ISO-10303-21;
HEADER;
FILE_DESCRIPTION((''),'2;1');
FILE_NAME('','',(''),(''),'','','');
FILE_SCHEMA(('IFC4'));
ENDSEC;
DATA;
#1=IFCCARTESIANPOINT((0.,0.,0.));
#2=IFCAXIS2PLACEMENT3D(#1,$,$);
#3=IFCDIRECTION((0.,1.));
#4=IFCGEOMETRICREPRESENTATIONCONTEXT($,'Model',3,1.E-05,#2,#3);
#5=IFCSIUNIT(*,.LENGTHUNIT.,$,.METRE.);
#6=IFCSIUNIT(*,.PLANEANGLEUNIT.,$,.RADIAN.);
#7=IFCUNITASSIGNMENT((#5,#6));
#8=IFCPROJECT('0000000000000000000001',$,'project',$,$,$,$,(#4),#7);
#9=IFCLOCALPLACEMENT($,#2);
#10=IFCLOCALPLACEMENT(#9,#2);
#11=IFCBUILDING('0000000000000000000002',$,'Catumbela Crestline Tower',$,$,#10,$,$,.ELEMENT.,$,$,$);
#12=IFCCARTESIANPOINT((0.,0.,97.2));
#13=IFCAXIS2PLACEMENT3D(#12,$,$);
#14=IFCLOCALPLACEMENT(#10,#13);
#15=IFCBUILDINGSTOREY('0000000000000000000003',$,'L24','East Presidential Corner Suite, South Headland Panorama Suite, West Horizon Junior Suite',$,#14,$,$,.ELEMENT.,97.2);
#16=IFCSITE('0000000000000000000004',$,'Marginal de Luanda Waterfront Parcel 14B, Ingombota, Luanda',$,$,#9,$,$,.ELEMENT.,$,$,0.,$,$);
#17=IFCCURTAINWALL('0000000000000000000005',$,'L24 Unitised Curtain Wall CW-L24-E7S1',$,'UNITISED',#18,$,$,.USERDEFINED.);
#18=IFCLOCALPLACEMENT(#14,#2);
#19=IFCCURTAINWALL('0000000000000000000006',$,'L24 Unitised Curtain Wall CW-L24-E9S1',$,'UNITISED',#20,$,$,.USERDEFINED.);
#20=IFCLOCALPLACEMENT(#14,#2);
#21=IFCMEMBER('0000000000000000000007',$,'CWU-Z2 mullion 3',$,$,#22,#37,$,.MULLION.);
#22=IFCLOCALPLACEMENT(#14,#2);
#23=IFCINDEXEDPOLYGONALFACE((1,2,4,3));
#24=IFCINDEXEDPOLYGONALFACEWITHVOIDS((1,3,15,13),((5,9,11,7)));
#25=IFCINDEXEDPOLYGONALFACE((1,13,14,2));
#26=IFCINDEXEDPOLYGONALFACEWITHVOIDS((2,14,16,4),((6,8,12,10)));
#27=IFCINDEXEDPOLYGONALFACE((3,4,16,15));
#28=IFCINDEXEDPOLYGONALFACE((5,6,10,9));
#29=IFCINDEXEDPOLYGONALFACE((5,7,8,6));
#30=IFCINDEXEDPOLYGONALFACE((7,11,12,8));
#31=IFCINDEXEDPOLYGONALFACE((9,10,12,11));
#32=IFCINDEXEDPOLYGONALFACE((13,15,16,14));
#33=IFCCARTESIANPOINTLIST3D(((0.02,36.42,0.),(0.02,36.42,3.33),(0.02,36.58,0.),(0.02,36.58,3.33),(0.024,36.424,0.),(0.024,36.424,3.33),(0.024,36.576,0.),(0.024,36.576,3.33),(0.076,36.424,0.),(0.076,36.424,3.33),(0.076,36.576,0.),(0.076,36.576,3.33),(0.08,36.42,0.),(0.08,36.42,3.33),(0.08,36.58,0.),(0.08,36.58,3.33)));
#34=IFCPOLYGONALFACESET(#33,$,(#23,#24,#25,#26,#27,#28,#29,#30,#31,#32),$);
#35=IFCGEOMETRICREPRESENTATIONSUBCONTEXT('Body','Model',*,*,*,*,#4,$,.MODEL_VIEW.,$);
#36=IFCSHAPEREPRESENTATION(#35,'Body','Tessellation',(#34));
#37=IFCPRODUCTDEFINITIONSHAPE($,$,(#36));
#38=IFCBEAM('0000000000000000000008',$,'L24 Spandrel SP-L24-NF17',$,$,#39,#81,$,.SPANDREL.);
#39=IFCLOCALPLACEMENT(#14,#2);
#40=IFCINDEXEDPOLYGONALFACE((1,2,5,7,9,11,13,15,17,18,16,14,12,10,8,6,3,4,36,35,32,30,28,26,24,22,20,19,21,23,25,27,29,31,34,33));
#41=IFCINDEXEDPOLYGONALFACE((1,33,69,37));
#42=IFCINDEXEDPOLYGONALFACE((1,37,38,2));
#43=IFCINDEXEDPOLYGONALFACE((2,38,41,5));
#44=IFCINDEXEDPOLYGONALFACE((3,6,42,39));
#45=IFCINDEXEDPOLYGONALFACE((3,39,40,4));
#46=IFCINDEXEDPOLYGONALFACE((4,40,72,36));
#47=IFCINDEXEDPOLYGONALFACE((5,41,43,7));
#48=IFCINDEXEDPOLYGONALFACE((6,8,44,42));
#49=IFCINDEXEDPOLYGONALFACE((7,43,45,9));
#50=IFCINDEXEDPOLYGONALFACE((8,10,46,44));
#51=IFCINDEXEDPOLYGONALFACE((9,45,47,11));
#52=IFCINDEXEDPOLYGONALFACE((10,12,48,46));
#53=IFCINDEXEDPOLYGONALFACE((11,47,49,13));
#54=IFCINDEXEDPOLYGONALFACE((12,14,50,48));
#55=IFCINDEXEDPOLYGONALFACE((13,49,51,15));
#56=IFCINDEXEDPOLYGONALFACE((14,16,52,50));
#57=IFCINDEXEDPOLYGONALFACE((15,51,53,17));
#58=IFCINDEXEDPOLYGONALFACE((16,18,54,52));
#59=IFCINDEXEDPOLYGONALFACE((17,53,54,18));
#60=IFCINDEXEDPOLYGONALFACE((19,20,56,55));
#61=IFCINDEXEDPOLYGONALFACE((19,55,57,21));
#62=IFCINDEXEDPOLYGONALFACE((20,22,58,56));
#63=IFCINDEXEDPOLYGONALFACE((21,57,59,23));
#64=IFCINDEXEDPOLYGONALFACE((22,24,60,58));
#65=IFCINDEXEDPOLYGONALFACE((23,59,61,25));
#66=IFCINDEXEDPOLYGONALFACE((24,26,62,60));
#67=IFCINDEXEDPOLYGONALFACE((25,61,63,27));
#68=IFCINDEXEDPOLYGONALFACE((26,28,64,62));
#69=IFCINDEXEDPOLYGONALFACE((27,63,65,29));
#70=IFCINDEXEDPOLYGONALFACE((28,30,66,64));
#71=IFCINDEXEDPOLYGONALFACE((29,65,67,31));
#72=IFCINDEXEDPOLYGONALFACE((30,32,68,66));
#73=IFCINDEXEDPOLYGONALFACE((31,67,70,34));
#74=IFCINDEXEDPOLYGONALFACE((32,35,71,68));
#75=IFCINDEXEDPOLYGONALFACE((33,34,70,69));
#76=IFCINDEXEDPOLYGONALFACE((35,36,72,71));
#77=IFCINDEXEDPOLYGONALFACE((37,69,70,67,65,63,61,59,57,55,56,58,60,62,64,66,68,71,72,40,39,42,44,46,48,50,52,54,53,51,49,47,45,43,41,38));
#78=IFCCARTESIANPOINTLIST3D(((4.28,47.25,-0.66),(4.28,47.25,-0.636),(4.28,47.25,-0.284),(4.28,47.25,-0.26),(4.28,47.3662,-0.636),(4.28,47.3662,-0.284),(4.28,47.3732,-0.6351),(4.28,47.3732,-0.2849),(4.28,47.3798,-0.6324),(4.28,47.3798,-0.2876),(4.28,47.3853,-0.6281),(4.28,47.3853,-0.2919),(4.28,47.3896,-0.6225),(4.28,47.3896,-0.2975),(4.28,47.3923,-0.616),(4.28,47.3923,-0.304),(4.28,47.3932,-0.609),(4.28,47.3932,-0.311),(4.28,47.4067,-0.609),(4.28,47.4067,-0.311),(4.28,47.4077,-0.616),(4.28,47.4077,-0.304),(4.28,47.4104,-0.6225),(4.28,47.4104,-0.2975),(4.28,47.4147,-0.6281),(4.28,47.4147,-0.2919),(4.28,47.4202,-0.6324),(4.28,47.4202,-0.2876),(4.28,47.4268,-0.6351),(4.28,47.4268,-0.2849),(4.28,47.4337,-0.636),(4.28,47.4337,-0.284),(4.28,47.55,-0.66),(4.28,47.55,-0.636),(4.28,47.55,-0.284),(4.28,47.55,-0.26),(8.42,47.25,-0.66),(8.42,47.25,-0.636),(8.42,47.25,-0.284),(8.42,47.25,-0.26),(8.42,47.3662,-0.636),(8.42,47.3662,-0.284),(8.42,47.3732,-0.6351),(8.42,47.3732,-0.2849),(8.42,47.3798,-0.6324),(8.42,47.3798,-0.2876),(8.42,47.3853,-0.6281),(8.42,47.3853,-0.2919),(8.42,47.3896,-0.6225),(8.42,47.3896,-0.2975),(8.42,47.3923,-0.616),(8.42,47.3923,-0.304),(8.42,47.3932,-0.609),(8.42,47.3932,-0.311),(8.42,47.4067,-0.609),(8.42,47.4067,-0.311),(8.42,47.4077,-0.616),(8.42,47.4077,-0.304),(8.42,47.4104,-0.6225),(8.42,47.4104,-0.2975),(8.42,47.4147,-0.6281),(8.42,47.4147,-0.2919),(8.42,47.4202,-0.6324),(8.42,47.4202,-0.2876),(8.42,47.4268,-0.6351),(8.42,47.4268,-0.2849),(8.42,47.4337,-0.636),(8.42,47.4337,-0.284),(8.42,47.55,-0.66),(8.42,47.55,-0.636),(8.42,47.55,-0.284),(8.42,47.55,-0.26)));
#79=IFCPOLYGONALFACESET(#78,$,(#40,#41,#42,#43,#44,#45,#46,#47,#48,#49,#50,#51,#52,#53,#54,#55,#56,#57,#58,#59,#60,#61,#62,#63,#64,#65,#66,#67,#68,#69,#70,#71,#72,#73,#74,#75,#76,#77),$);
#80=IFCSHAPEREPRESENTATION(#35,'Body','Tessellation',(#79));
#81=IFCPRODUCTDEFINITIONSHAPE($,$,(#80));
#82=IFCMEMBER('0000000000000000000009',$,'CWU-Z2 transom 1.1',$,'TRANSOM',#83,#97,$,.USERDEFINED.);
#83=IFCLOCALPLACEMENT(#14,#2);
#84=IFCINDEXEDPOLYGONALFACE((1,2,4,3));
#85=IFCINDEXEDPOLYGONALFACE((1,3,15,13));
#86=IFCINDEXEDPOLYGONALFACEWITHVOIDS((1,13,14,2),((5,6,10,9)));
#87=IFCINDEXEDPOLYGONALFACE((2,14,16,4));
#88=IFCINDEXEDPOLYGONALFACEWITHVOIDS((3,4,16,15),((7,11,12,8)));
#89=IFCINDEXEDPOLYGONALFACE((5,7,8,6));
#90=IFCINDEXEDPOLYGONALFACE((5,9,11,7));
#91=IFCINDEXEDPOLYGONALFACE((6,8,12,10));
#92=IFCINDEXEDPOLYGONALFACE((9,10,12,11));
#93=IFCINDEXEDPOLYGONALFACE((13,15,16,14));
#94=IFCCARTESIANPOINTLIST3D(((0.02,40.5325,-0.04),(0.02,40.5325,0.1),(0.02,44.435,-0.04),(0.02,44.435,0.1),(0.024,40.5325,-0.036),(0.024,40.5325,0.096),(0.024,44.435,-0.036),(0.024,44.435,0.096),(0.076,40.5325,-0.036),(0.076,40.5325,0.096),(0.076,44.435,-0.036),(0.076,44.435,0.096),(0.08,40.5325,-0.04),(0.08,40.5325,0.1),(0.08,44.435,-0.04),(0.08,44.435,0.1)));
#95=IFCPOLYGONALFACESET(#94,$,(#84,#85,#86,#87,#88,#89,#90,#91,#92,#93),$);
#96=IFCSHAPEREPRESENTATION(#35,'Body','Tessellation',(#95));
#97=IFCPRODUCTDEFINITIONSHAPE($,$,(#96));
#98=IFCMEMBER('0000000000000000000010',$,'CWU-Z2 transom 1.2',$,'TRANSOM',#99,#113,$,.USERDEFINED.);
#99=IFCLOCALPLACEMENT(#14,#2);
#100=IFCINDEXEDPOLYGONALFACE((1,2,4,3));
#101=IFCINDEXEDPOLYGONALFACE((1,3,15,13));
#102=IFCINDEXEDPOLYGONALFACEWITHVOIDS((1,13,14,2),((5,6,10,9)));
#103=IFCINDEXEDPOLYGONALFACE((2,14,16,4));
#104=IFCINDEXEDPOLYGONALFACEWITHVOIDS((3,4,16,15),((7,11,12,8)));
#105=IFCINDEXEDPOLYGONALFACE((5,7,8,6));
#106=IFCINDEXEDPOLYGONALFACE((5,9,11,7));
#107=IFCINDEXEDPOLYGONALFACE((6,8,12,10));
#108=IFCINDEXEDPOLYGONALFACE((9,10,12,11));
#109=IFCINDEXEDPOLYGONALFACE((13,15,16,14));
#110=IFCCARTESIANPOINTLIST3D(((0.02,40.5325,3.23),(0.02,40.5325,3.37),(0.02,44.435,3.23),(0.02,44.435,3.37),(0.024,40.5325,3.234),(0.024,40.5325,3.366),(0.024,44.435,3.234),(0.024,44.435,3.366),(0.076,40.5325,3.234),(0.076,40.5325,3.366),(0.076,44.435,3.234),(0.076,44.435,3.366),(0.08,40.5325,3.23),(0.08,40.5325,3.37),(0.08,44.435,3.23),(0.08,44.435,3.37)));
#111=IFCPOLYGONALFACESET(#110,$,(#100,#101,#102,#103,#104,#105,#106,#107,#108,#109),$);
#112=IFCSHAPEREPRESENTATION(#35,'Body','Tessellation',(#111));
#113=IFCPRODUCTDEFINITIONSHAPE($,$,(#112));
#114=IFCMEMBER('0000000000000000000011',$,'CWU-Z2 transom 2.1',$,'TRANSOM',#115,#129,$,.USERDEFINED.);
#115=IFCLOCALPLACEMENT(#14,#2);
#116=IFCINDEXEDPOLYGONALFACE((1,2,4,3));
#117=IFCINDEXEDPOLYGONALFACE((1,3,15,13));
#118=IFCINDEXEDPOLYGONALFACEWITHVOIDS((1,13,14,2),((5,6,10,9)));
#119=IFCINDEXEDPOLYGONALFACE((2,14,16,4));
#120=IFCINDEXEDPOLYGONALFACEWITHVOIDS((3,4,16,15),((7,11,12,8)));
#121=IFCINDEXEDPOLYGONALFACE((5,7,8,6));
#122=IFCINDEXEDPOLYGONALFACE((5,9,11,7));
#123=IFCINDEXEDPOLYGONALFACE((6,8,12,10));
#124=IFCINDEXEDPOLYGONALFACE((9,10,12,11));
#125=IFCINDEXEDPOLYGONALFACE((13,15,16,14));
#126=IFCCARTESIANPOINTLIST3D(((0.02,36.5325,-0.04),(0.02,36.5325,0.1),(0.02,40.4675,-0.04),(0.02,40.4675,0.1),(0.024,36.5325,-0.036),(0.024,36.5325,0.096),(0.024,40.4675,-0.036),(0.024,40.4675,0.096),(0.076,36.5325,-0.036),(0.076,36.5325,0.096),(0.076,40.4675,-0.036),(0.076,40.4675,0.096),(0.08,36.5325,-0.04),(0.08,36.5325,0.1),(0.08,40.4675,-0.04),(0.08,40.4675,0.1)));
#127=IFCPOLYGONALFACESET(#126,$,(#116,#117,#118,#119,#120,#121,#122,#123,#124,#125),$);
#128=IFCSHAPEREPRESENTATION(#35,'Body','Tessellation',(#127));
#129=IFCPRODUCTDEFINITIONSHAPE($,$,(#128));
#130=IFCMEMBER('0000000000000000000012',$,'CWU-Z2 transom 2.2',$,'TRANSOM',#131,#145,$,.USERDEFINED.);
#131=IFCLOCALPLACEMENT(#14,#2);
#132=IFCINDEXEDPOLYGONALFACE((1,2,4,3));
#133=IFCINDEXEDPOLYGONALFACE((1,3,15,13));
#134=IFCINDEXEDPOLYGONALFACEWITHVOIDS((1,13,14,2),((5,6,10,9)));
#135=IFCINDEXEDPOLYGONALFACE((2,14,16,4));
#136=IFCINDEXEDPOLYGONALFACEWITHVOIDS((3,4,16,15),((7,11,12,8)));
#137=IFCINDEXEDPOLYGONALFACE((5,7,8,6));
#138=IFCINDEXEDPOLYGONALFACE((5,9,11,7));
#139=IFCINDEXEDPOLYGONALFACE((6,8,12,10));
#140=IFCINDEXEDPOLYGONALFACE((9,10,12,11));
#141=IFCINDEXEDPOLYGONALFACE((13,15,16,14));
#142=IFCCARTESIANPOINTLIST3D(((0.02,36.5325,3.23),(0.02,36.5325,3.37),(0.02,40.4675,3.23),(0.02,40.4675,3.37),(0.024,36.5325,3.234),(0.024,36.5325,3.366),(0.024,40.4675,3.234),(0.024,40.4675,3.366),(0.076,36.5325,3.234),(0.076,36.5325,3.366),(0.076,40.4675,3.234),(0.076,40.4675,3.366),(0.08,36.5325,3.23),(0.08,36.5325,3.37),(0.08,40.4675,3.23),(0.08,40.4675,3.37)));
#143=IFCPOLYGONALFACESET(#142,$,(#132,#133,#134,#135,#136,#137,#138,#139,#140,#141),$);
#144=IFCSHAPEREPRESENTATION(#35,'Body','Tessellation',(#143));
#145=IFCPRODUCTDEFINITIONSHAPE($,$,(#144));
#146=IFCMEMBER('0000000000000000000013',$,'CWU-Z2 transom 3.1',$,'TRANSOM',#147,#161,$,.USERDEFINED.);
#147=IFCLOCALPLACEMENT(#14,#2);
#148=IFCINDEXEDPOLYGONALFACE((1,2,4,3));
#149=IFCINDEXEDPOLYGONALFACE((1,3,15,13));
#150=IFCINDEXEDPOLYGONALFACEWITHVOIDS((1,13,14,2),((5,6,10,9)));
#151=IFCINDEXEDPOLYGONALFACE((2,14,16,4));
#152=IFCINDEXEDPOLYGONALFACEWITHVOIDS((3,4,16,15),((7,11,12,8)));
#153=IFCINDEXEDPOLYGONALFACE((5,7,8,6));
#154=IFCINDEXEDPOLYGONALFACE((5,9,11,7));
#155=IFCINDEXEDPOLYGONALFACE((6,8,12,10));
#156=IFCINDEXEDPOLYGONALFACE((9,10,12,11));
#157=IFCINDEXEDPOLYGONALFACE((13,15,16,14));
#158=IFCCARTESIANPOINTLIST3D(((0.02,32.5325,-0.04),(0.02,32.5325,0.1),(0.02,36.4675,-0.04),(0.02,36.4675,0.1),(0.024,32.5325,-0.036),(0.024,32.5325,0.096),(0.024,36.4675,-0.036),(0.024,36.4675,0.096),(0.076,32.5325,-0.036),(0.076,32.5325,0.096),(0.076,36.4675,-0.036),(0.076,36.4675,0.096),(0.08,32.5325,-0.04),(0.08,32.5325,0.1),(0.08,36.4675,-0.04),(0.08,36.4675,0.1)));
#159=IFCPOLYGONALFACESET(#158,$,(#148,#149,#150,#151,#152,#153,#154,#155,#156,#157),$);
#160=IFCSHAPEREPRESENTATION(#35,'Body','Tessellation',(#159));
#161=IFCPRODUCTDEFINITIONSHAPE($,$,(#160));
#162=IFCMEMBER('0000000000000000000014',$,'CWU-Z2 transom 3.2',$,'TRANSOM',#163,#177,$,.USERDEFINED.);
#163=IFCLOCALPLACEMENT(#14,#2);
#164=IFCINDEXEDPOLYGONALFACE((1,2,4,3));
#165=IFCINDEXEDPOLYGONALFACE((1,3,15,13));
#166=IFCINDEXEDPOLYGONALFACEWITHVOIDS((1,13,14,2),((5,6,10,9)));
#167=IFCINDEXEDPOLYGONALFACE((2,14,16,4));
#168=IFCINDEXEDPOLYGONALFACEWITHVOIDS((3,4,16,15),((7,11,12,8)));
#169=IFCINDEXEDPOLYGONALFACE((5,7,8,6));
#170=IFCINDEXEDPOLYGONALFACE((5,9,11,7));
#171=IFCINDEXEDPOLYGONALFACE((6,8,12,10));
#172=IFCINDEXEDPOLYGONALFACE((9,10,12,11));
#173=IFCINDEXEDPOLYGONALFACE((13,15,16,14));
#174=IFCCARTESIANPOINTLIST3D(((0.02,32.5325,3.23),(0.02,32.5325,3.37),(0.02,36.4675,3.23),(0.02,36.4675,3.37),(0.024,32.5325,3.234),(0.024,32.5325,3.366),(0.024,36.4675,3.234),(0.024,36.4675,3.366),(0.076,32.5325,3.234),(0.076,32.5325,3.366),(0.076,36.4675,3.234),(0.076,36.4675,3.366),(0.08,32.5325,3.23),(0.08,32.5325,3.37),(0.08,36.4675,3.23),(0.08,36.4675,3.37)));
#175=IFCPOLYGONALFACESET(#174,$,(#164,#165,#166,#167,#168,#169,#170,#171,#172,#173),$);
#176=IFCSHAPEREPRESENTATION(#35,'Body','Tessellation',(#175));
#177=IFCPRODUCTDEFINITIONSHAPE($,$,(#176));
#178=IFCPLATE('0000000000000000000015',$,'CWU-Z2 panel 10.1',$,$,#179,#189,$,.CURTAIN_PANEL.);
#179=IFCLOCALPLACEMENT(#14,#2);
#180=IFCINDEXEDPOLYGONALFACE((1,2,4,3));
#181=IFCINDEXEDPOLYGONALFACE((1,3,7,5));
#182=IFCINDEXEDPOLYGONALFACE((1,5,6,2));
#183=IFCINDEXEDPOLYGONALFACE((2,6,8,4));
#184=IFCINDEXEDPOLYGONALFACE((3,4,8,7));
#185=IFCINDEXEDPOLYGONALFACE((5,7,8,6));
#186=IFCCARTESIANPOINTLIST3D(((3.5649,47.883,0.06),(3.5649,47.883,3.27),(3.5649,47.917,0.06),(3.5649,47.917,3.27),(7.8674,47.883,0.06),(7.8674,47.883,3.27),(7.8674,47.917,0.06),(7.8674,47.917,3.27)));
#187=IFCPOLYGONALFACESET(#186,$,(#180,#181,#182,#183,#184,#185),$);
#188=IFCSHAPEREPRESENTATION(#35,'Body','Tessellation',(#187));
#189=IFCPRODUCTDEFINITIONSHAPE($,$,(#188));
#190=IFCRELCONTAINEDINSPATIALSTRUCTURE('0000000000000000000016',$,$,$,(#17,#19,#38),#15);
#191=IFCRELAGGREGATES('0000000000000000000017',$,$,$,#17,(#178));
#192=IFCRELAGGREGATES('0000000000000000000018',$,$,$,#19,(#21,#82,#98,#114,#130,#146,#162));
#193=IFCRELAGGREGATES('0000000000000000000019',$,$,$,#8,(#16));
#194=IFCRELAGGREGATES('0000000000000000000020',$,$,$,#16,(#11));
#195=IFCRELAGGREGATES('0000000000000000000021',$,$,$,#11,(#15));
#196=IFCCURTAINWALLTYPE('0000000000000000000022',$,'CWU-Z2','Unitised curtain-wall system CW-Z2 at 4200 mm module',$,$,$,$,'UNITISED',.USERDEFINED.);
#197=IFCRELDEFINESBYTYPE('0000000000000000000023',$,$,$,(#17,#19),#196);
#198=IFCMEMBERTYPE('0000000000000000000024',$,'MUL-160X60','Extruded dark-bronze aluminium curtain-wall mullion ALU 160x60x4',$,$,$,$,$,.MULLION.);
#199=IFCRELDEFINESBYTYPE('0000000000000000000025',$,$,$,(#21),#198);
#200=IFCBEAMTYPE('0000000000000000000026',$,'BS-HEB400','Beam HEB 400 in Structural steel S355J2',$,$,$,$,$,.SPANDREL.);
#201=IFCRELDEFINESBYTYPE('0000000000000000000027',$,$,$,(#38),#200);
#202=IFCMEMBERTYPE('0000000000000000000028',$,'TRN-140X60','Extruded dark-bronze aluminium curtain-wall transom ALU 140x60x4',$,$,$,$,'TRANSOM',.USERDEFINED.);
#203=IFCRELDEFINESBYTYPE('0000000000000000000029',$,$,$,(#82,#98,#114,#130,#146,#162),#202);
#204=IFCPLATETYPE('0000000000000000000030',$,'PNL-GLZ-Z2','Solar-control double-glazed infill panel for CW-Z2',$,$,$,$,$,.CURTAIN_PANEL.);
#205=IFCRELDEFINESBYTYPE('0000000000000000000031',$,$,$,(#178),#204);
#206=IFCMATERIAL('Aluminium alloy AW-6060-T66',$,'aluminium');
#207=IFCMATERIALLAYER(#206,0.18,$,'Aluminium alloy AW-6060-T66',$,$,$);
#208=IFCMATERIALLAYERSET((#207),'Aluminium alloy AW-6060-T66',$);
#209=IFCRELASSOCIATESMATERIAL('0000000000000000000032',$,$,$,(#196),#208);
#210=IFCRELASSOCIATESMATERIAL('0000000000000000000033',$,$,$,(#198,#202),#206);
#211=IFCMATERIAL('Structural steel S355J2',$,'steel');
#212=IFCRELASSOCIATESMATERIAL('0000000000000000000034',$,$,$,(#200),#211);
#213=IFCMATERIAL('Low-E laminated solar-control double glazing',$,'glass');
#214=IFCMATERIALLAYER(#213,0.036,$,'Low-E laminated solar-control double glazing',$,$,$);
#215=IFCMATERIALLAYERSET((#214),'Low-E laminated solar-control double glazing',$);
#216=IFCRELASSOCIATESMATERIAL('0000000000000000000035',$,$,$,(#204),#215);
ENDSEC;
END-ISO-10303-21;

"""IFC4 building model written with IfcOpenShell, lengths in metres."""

from ifc_helpers import new_model, si_unit, direction, frame, origin, origin_2d, place, context, subcontext, project, spatial, rectangle, hollow_rectangle, i_section, extrude, material, layer, layer_set, material_profile, profile_set, type_object, element, aggregate, save


model = new_model("IFC4")

# Units and contexts
model_context = context("Model", 3, precision=1e-05, world=origin(), true_north=direction((0.0, 1.0)))
body_context = subcontext(model_context, "Body", "Model", "MODEL_VIEW")
ifc_project = project(units=[si_unit("LENGTHUNIT", "METRE"), si_unit("PLANEANGLEUNIT", "RADIAN")], contexts=[model_context])

# Site, building, storey
site_placement = place(None, origin())
site = spatial("IfcSite", under=ifc_project, at=site_placement, Name="Marginal de Luanda Waterfront Parcel 14B, Ingombota, Luanda", CompositionType="ELEMENT", RefElevation=0.0)
building_placement = place(site_placement, origin())
building = spatial("IfcBuilding", under=site, at=building_placement, Name="Catumbela Crestline Tower", CompositionType="ELEMENT")
storey_placement = place(building_placement, frame((0.0, 0.0, 97.2)))
storey = spatial("IfcBuildingStorey", under=building, at=storey_placement, Name="L24", Description="East Presidential Corner Suite, South Headland Panorama Suite, West Horizon Junior Suite", CompositionType="ELEMENT", Elevation=97.2)

# Shared definitions
ifc_material_1 = material(Name="Structural steel S355J2", Category="steel")

# Curtain wall
ifc_material_2 = material(Name="Aluminium alloy AW-6060-T66", Category="aluminium")
ifc_layer_1 = layer(ifc_material_2, 0.18, Name="Aluminium alloy AW-6060-T66")
ifc_layer_set_1 = layer_set([ifc_layer_1], Name="Aluminium alloy AW-6060-T66")
curtain_wall_type = type_object("IfcCurtainWallType", Name="CWU-Z2", Description="Unitised curtain-wall system CW-Z2 at 4200 mm module", ElementType="UNITISED", PredefinedType="USERDEFINED", material=ifc_layer_set_1)
curtain_wall_1_placement = place(storey_placement, origin())
curtain_wall_1 = element("IfcCurtainWall", 1, at=curtain_wall_1_placement, inside=storey, type_object=curtain_wall_type, Name="L24 Unitised Curtain Wall CW-L24-E7S1", ObjectType="UNITISED", PredefinedType="USERDEFINED")
ifc_material_profile_1 = material_profile(ifc_material_2, hollow_rectangle(XDim=0.06, YDim=0.16, WallThickness=0.004, at=origin_2d()), Name="ALU 160x60x4")
ifc_profile_set_1 = profile_set([ifc_material_profile_1], Name="Aluminium alloy AW-6060-T66")
member_type_1 = type_object("IfcMemberType", Name="MUL-160X60", Description="Extruded dark-bronze aluminium curtain-wall mullion ALU 160x60x4", PredefinedType="MULLION", material=ifc_profile_set_1)

# Curtain wall, member
curtain_wall_2_placement = place(storey_placement, origin())
curtain_wall_2 = element("IfcCurtainWall", 2, at=curtain_wall_2_placement, inside=storey, type_object=curtain_wall_type, Name="L24 Unitised Curtain Wall CW-L24-E9S1", ObjectType="UNITISED", PredefinedType="USERDEFINED")
member_1_placement = place(storey_placement, frame((0.05, 36.5, 0.0), z_axis=(0.0, 0.0, 1.0), x_axis=(1.0, 0.0, 0.0)))
member_1 = element("IfcMember", 3, at=member_1_placement, type_object=member_type_1, Name="CWU-Z2 mullion 3", PredefinedType="MULLION", context=body_context, shape_type="SweptSolid", body=[
    extrude(hollow_rectangle(XDim=0.06, YDim=0.16, WallThickness=0.004, at=origin_2d()), origin(), (0.0, 0.0, 1.0), 3.33),
])

# Beam
ifc_material_profile_2 = material_profile(ifc_material_1, i_section(OverallWidth=0.3, OverallDepth=0.4, WebThickness=0.0135, FlangeThickness=0.024, FilletRadius=0.027, at=origin_2d()), Name="HEB 400")
ifc_profile_set_2 = profile_set([ifc_material_profile_2], Name="Structural steel S355J2")
beam_type_1 = type_object("IfcBeamType", Name="BS-HEB400", Description="Beam HEB 400 in Structural steel S355J2", PredefinedType="SPANDREL", material=ifc_profile_set_2)
beam_1_placement = place(storey_placement, frame((4.28, 47.4, -0.46), z_axis=(1.0, 0.0, 0.0), x_axis=(0.0, 1.0, 0.0)))
element("IfcBeam", 4, at=beam_1_placement, inside=storey, type_object=beam_type_1, Name="L24 Spandrel SP-L24-NF17", PredefinedType="SPANDREL", context=body_context, shape_type="SweptSolid", body=[
    extrude(i_section(OverallWidth=0.3, OverallDepth=0.4, WebThickness=0.0135, FlangeThickness=0.024, FilletRadius=0.027, at=origin_2d()), origin(), (0.0, 0.0, 1.0), 4.14),
])

# Members
ifc_material_profile_3 = material_profile(ifc_material_2, hollow_rectangle(XDim=0.06, YDim=0.14, WallThickness=0.004, at=origin_2d()), Name="ALU 140x60x4")
ifc_profile_set_3 = profile_set([ifc_material_profile_3], Name="Aluminium alloy AW-6060-T66")
member_type_2 = type_object("IfcMemberType", Name="TRN-140X60", Description="Extruded dark-bronze aluminium curtain-wall transom ALU 140x60x4", ElementType="TRANSOM", PredefinedType="USERDEFINED", material=ifc_profile_set_3)
member_2_placement = place(storey_placement, frame((0.05, 44.435, 0.03), z_axis=(0.0, -1.0, 0.0), x_axis=(1.0, 0.0, 0.0)))
member_2 = element("IfcMember", 5, at=member_2_placement, type_object=member_type_2, Name="CWU-Z2 transom 1.1", ObjectType="TRANSOM", PredefinedType="USERDEFINED", context=body_context, shape_type="SweptSolid", body=[
    extrude(hollow_rectangle(XDim=0.06, YDim=0.14, WallThickness=0.004, at=origin_2d()), origin(), (0.0, 0.0, 1.0), 3.9025),
])
member_3_placement = place(storey_placement, frame((0.05, 44.435, 3.3), z_axis=(0.0, -1.0, 0.0), x_axis=(1.0, 0.0, 0.0)))
member_3 = element("IfcMember", 6, at=member_3_placement, type_object=member_type_2, Name="CWU-Z2 transom 1.2", ObjectType="TRANSOM", PredefinedType="USERDEFINED", context=body_context, shape_type="SweptSolid", body=[
    extrude(hollow_rectangle(XDim=0.06, YDim=0.14, WallThickness=0.004, at=origin_2d()), origin(), (0.0, 0.0, 1.0), 3.9025),
])
member_4_placement = place(storey_placement, frame((0.05, 40.4675, 0.03), z_axis=(0.0, -1.0, 0.0), x_axis=(1.0, 0.0, 0.0)))
member_4 = element("IfcMember", 7, at=member_4_placement, type_object=member_type_2, Name="CWU-Z2 transom 2.1", ObjectType="TRANSOM", PredefinedType="USERDEFINED", context=body_context, shape_type="SweptSolid", body=[
    extrude(hollow_rectangle(XDim=0.06, YDim=0.14, WallThickness=0.004, at=origin_2d()), origin(), (0.0, 0.0, 1.0), 3.935),
])
member_5_placement = place(storey_placement, frame((0.05, 40.4675, 3.3), z_axis=(0.0, -1.0, 0.0), x_axis=(1.0, 0.0, 0.0)))
member_5 = element("IfcMember", 8, at=member_5_placement, type_object=member_type_2, Name="CWU-Z2 transom 2.2", ObjectType="TRANSOM", PredefinedType="USERDEFINED", context=body_context, shape_type="SweptSolid", body=[
    extrude(hollow_rectangle(XDim=0.06, YDim=0.14, WallThickness=0.004, at=origin_2d()), origin(), (0.0, 0.0, 1.0), 3.935),
])
member_6_placement = place(storey_placement, frame((0.05, 36.4675, 0.03), z_axis=(0.0, -1.0, 0.0), x_axis=(1.0, 0.0, 0.0)))
member_6 = element("IfcMember", 9, at=member_6_placement, type_object=member_type_2, Name="CWU-Z2 transom 3.1", ObjectType="TRANSOM", PredefinedType="USERDEFINED", context=body_context, shape_type="SweptSolid", body=[
    extrude(hollow_rectangle(XDim=0.06, YDim=0.14, WallThickness=0.004, at=origin_2d()), origin(), (0.0, 0.0, 1.0), 3.935),
])
member_7_placement = place(storey_placement, frame((0.05, 36.4675, 3.3), z_axis=(0.0, -1.0, 0.0), x_axis=(1.0, 0.0, 0.0)))
member_7 = element("IfcMember", 10, at=member_7_placement, type_object=member_type_2, Name="CWU-Z2 transom 3.2", ObjectType="TRANSOM", PredefinedType="USERDEFINED", context=body_context, shape_type="SweptSolid", body=[
    extrude(hollow_rectangle(XDim=0.06, YDim=0.14, WallThickness=0.004, at=origin_2d()), origin(), (0.0, 0.0, 1.0), 3.935),
])

# Plate
ifc_material_3 = material(Name="Low-E laminated solar-control double glazing", Category="glass")
ifc_layer_2 = layer(ifc_material_3, 0.036, Name="Low-E laminated solar-control double glazing")
ifc_layer_set_2 = layer_set([ifc_layer_2], Name="Low-E laminated solar-control double glazing")
plate_type = type_object("IfcPlateType", Name="PNL-GLZ-Z2", Description="Solar-control double-glazed infill panel for CW-Z2", PredefinedType="CURTAIN_PANEL", material=ifc_layer_set_2)
plate_1_placement = place(storey_placement, frame((5.7162, 47.9, 0.06), z_axis=(0.0, 0.0, 1.0), x_axis=(-1.0, 0.0, 0.0)))
plate_1 = element("IfcPlate", 11, at=plate_1_placement, type_object=plate_type, Name="CWU-Z2 panel 10.1", PredefinedType="CURTAIN_PANEL", context=body_context, shape_type="SweptSolid", body=[
    extrude(rectangle(XDim=4.3025, YDim=0.034, at=origin_2d()), origin(), (0.0, 0.0, 1.0), 3.21),
])
aggregate(curtain_wall_1, [plate_1])
aggregate(curtain_wall_2, [member_1, member_2, member_3, member_4, member_5, member_6, member_7])

save(model, "model.ifc")
